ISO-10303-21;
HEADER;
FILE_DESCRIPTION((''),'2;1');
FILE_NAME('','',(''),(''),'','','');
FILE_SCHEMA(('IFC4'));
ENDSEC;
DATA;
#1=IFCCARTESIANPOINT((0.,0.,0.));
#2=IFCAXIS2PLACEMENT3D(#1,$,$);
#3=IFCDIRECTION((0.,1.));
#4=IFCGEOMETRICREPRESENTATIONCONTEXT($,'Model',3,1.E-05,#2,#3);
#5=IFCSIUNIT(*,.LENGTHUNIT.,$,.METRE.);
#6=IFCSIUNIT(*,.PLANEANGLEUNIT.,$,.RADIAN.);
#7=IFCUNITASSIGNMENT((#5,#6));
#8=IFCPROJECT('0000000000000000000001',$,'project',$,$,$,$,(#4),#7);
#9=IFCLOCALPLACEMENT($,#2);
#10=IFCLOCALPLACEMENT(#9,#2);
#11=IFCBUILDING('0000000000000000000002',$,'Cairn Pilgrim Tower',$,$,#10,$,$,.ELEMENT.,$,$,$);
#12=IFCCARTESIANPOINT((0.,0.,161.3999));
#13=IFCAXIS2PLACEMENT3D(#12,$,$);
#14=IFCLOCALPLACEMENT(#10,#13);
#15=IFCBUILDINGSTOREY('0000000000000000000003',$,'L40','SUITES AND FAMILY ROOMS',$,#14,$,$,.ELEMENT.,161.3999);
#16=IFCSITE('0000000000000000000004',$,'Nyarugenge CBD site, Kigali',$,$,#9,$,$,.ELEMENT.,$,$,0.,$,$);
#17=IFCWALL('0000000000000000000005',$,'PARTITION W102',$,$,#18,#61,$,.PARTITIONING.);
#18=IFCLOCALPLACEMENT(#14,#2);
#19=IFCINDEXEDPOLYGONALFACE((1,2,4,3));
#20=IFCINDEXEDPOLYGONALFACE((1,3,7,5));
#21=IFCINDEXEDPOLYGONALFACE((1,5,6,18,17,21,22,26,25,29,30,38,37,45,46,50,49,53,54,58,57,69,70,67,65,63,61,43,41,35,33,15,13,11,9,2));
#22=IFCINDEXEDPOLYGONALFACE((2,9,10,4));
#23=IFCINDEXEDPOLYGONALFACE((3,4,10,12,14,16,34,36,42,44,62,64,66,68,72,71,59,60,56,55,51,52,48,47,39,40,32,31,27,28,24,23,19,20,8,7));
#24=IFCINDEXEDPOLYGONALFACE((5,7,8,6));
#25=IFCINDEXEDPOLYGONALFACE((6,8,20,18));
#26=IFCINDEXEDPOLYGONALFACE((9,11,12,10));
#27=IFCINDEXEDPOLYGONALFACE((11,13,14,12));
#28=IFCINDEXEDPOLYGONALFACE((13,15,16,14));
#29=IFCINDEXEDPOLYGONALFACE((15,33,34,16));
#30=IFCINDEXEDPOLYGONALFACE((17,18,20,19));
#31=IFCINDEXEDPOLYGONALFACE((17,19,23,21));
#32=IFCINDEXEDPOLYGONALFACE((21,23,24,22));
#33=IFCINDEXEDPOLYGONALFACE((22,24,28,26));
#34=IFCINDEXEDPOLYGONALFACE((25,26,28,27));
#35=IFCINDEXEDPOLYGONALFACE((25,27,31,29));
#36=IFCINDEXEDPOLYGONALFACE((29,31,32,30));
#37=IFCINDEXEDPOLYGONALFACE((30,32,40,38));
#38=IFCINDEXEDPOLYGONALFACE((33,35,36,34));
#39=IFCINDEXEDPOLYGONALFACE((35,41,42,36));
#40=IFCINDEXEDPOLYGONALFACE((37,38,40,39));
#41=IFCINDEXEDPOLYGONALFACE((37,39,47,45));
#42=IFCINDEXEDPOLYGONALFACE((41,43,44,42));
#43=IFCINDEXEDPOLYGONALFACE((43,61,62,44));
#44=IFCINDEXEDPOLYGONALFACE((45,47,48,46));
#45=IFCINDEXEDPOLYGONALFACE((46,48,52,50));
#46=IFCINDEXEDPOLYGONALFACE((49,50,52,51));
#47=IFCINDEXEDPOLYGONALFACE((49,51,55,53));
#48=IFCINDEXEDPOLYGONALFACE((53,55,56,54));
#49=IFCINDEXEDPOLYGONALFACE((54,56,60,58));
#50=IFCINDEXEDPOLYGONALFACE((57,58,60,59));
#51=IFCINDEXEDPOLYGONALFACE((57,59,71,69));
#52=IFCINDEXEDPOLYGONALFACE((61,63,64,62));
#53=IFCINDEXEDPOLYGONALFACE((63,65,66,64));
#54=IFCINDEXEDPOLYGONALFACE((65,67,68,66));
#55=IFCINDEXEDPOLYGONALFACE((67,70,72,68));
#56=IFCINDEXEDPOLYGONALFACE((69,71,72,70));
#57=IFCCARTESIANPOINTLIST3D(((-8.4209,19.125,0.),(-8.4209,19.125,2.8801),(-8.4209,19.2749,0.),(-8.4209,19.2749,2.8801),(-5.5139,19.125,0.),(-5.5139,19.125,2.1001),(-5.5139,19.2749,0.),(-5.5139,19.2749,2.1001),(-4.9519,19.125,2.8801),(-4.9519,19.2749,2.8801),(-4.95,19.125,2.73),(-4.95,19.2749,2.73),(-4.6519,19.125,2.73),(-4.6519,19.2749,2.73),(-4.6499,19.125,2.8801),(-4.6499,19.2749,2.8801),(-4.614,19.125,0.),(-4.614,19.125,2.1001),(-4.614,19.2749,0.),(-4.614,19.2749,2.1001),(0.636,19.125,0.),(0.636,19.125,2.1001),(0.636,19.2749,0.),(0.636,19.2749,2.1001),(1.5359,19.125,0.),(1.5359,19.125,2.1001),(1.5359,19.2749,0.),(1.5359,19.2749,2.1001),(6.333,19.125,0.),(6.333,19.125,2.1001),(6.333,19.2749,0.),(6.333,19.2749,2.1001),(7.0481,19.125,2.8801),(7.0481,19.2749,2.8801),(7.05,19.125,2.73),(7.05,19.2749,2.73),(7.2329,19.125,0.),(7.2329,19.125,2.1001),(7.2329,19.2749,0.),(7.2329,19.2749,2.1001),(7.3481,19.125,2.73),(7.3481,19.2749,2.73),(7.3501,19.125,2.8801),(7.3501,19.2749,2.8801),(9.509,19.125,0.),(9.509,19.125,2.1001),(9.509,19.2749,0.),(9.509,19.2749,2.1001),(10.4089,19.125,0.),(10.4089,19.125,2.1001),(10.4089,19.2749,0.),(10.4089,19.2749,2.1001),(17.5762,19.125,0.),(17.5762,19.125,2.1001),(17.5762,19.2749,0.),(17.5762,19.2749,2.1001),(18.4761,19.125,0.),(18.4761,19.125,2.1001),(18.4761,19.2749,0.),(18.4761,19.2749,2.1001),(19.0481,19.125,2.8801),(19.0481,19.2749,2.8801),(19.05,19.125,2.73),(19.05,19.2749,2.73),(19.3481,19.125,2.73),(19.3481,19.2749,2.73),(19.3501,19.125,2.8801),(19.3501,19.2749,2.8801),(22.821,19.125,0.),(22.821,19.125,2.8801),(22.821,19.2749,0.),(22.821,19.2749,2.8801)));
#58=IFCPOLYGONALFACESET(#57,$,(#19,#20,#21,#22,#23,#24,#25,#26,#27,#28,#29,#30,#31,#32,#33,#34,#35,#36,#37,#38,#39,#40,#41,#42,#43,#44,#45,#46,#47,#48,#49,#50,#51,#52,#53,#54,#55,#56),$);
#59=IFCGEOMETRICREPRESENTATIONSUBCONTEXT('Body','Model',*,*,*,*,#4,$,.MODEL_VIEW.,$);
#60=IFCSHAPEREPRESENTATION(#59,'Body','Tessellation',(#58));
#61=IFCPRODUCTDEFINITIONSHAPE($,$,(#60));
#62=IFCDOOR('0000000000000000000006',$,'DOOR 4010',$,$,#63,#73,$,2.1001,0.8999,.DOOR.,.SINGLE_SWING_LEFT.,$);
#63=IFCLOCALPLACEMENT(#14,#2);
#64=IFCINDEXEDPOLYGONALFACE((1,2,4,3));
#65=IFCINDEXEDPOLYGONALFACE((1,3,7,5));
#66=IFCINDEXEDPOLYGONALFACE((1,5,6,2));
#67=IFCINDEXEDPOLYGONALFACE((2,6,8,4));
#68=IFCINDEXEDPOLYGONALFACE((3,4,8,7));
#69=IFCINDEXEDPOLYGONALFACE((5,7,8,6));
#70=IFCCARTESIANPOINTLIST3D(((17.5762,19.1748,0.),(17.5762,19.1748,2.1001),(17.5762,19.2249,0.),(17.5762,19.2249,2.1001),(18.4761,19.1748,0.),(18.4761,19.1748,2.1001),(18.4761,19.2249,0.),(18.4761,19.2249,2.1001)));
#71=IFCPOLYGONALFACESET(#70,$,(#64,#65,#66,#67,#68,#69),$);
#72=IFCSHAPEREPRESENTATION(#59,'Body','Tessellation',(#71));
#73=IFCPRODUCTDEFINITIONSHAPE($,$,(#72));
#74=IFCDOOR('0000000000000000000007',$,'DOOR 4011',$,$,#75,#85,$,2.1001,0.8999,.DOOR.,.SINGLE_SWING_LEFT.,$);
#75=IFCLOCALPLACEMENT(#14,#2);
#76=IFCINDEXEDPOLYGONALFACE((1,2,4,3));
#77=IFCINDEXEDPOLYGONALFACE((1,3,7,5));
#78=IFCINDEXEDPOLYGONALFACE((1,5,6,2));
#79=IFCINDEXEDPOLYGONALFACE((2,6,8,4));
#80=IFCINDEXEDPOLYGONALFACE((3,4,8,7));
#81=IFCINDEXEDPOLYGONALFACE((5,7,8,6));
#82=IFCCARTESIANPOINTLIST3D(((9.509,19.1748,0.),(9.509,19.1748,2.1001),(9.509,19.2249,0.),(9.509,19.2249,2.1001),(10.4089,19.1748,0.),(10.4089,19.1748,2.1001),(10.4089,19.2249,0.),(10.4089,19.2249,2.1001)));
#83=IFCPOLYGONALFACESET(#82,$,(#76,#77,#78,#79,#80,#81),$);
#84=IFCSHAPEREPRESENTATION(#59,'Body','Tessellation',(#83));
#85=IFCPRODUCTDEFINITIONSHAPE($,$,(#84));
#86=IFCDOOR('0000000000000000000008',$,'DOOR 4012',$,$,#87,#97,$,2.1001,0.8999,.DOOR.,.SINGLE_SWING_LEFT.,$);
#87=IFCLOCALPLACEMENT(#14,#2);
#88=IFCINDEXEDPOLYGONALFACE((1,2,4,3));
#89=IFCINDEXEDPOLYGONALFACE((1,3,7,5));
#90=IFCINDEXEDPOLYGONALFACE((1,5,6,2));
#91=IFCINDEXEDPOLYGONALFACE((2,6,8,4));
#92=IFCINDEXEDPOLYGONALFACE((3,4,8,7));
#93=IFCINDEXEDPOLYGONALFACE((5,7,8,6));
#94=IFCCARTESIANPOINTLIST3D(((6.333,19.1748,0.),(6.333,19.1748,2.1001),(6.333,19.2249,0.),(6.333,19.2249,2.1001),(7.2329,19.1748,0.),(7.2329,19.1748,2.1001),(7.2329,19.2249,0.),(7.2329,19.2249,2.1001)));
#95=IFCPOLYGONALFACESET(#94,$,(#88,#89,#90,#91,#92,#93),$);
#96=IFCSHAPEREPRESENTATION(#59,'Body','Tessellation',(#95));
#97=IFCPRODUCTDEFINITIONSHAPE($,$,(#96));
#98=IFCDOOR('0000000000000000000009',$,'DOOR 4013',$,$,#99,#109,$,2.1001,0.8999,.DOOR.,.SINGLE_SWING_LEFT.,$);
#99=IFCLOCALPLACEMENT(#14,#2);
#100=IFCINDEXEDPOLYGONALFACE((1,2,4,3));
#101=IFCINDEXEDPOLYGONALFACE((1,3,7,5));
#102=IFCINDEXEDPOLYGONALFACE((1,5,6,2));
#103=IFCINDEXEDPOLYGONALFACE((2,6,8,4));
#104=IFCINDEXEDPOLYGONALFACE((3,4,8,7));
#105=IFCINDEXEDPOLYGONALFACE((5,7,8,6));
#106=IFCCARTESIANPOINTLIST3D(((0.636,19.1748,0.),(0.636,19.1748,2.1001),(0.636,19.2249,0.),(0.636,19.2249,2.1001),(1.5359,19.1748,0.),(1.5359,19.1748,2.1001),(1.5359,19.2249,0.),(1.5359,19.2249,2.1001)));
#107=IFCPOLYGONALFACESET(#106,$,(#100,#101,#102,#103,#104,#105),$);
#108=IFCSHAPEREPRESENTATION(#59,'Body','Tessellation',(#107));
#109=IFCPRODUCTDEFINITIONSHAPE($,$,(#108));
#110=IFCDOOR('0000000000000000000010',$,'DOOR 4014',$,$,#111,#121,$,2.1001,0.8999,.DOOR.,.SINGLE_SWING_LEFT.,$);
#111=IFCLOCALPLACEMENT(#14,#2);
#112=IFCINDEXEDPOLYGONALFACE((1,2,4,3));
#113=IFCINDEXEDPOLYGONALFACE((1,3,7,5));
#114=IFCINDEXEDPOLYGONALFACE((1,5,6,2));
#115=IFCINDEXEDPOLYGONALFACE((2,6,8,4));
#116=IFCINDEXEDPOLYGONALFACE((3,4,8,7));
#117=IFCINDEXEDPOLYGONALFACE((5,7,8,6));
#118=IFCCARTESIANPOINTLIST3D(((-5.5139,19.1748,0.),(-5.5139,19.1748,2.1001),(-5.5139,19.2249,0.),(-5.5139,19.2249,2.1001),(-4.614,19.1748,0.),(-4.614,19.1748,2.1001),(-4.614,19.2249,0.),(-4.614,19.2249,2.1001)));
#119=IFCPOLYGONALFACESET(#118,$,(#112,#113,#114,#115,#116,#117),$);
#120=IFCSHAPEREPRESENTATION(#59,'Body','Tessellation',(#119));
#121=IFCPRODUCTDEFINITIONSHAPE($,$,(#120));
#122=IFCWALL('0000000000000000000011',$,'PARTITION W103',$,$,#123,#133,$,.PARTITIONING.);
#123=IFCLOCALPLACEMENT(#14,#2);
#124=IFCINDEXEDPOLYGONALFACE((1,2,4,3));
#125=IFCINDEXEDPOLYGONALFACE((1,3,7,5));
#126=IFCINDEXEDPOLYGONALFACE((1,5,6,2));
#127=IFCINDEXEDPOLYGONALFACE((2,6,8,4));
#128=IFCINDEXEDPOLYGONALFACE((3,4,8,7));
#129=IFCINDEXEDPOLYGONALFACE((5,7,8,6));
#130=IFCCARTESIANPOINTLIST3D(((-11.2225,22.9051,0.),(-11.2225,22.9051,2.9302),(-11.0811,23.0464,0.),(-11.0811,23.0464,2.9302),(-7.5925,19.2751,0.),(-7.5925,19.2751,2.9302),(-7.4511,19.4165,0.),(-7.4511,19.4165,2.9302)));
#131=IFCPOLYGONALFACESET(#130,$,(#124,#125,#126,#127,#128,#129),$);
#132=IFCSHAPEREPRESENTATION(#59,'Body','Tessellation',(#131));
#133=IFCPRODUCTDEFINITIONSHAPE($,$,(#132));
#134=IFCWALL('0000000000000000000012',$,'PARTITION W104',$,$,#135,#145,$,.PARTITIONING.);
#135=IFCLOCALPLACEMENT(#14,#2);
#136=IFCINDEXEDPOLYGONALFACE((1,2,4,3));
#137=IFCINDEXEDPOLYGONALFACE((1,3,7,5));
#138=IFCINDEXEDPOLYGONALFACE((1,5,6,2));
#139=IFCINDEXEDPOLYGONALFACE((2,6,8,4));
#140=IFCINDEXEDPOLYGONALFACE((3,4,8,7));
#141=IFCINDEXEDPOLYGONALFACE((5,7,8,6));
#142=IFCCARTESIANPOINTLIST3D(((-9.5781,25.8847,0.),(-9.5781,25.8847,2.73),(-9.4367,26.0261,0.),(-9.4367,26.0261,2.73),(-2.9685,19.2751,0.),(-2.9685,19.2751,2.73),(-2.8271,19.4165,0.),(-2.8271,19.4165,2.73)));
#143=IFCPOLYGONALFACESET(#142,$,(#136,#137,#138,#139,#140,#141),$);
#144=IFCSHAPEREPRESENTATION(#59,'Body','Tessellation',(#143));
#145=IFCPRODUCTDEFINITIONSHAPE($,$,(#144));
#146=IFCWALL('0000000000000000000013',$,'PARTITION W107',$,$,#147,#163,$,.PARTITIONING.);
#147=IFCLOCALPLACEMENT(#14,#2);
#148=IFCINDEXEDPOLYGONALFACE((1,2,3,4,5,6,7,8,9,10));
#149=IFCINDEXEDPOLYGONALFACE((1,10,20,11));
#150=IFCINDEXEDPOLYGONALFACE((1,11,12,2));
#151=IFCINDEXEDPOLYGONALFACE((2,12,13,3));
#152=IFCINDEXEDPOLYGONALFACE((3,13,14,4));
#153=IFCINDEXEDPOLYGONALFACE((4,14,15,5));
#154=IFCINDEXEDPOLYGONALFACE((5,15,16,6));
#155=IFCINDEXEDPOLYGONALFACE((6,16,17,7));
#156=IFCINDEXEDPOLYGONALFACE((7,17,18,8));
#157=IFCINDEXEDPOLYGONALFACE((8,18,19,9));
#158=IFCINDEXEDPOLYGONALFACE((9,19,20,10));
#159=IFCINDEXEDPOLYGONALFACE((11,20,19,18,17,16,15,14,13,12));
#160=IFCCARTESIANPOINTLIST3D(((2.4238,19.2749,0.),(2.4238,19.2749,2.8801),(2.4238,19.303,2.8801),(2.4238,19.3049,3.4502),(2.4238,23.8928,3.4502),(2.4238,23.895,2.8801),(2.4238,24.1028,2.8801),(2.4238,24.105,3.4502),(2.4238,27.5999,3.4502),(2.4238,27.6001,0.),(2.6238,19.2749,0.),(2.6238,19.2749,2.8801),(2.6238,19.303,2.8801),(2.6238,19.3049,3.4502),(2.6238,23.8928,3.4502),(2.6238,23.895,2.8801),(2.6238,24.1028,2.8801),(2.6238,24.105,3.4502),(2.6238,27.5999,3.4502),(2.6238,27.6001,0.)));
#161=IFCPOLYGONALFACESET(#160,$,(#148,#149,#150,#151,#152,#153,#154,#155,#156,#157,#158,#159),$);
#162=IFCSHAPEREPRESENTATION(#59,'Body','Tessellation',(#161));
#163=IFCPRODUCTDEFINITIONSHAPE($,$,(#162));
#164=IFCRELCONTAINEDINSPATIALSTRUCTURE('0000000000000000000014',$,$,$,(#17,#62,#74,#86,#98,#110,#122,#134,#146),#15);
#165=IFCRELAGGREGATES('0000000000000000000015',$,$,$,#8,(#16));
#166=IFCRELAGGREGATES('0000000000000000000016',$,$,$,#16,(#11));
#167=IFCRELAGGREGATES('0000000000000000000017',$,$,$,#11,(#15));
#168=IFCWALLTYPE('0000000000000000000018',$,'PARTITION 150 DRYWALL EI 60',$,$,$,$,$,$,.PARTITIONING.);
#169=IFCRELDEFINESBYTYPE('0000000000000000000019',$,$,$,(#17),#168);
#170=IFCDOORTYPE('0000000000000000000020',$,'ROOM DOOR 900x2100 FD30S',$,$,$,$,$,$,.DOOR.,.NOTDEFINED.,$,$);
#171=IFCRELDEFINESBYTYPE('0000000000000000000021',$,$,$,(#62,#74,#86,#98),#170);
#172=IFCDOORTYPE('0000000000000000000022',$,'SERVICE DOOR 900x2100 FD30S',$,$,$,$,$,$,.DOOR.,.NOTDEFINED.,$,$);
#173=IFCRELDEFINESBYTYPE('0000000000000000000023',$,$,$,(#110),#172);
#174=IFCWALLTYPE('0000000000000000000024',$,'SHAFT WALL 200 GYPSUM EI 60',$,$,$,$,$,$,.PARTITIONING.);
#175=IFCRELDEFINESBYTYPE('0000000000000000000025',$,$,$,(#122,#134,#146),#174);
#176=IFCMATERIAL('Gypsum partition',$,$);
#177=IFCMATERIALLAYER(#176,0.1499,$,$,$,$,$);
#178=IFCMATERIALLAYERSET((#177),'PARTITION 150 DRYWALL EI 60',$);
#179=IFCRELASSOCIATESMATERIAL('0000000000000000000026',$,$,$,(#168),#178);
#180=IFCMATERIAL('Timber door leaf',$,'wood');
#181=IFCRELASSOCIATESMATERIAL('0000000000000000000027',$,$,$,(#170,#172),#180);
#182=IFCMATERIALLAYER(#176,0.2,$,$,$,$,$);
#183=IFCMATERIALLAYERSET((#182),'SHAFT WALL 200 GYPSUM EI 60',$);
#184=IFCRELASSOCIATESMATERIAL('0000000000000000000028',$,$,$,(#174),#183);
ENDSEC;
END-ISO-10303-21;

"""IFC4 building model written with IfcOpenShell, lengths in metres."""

from ifc_helpers import new_model, si_unit, direction, frame, frame_2d, origin, place, context, subcontext, project, spatial, polyline, rectangle, outline, extrude, material, layer, layer_set, type_object, element, fill, save


model = new_model("IFC4")

# Units and contexts
model_context = context("Model", 3, precision=1e-05, world=origin(), true_north=direction((0.0, 1.0)))
body_context = subcontext(model_context, "Body", "Model", "MODEL_VIEW")
ifc_project = project(units=[si_unit("LENGTHUNIT", "METRE"), si_unit("PLANEANGLEUNIT", "RADIAN")], contexts=[model_context])

# Site, building, storey
site_placement = place(None, origin())
site = spatial("IfcSite", under=ifc_project, at=site_placement, Name="Nyarugenge CBD site, Kigali", CompositionType="ELEMENT", RefElevation=0.0)
building_placement = place(site_placement, origin())
building = spatial("IfcBuilding", under=site, at=building_placement, Name="Cairn Pilgrim Tower", CompositionType="ELEMENT")
storey_placement = place(building_placement, frame((0.0, 0.0, 161.3999)))
storey = spatial("IfcBuildingStorey", under=building, at=storey_placement, Name="L40", Description="SUITES AND FAMILY ROOMS", CompositionType="ELEMENT", Elevation=161.3999)

# Shared definitions
ifc_material_1 = material(Name="Gypsum partition")

# Shared definitions
ifc_material_2 = material(Name="Timber door leaf", Category="wood")

# Shared definitions
ifc_layer_1 = layer(ifc_material_1, 0.1499)
ifc_layer_set_1 = layer_set([ifc_layer_1], Name="PARTITION 150 DRYWALL EI 60")
wall_type_1 = type_object("IfcWallType", Name="PARTITION 150 DRYWALL EI 60", PredefinedType="PARTITIONING", material=ifc_layer_set_1)

# Wall, openings, doors
wall_1_placement = place(storey_placement, frame((-8.4209, 19.2, 0.0), z_axis=(0.0, 0.0, 1.0), x_axis=(1.0, 0.0, 0.0)))
wall_1 = element("IfcWall", 1, at=wall_1_placement, inside=storey, type_object=wall_type_1, Name="PARTITION W102", PredefinedType="PARTITIONING", context=body_context, shape_type="SweptSolid", body=[
    extrude(outline(polyline([(0.0, 0.0), (31.2419, 0.0), (31.2419, 2.8801), (27.771, 2.8801), (27.769, 2.73), (27.4709, 2.73), (27.469, 2.8801), (15.771, 2.8801), (15.769, 2.73), (15.4709, 2.73), (15.469, 2.8801), (3.771, 2.8801), (3.769, 2.73), (3.4709, 2.73), (3.469, 2.8801), (0.0, 2.8801), (0.0, 0.0)])), frame((0.0, 0.075, 0.0), z_axis=(0.0, -1.0, 0.0), x_axis=(1.0, 0.0, 0.0)), (0.0, 0.0, 1.0), 0.1499),
])
opening_1_placement = place(wall_1_placement, frame((25.9971, 0.0, 0.0)))
opening_1 = element("IfcOpeningElement", 2, at=opening_1_placement, cuts=wall_1, PredefinedType="OPENING", context=body_context, shape_type="SweptSolid", body=[
    extrude(rectangle(XDim=0.8999, YDim=2.1001, at=frame_2d((0.45, 1.05))), frame((0.0, 0.085, 0.0), z_axis=(0.0, -1.0, 0.0), x_axis=(1.0, 0.0, 0.0)), (0.0, 0.0, 1.0), 0.1699),
])
opening_2_placement = place(wall_1_placement, frame((17.9299, 0.0, 0.0)))
opening_2 = element("IfcOpeningElement", 3, at=opening_2_placement, cuts=wall_1, PredefinedType="OPENING", context=body_context, shape_type="SweptSolid", body=[
    extrude(rectangle(XDim=0.8999, YDim=2.1001, at=frame_2d((0.45, 1.05))), frame((0.0, 0.085, 0.0), z_axis=(0.0, -1.0, 0.0), x_axis=(1.0, 0.0, 0.0)), (0.0, 0.0, 1.0), 0.1699),
])
opening_3_placement = place(wall_1_placement, frame((14.7539, 0.0, 0.0)))
opening_3 = element("IfcOpeningElement", 4, at=opening_3_placement, cuts=wall_1, PredefinedType="OPENING", context=body_context, shape_type="SweptSolid", body=[
    extrude(rectangle(XDim=0.8999, YDim=2.1001, at=frame_2d((0.45, 1.05))), frame((0.0, 0.085, 0.0), z_axis=(0.0, -1.0, 0.0), x_axis=(1.0, 0.0, 0.0)), (0.0, 0.0, 1.0), 0.1699),
])
opening_4_placement = place(wall_1_placement, frame((9.0569, 0.0, 0.0)))
opening_4 = element("IfcOpeningElement", 5, at=opening_4_placement, cuts=wall_1, PredefinedType="OPENING", context=body_context, shape_type="SweptSolid", body=[
    extrude(rectangle(XDim=0.8999, YDim=2.1001, at=frame_2d((0.45, 1.05))), frame((0.0, 0.085, 0.0), z_axis=(0.0, -1.0, 0.0), x_axis=(1.0, 0.0, 0.0)), (0.0, 0.0, 1.0), 0.1699),
])
opening_5_placement = place(wall_1_placement, frame((2.907, 0.0, 0.0)))
opening_5 = element("IfcOpeningElement", 6, at=opening_5_placement, cuts=wall_1, PredefinedType="OPENING", context=body_context, shape_type="SweptSolid", body=[
    extrude(rectangle(XDim=0.8999, YDim=2.1001, at=frame_2d((0.45, 1.05))), frame((0.0, 0.085, 0.0), z_axis=(0.0, -1.0, 0.0), x_axis=(1.0, 0.0, 0.0)), (0.0, 0.0, 1.0), 0.1699),
])
door_type_1 = type_object("IfcDoorType", Name="ROOM DOOR 900x2100 FD30S", OperationType="NOTDEFINED", PredefinedType="DOOR", material=ifc_material_2)
door_1_placement = place(opening_1_placement, origin())
door_1 = element("IfcDoor", 7, at=door_1_placement, inside=storey, type_object=door_type_1, Name="DOOR 4010", OperationType="SINGLE_SWING_LEFT", OverallHeight=2.1001, OverallWidth=0.8999, PredefinedType="DOOR", context=body_context, shape_type="SweptSolid", body=[
    extrude(rectangle(XDim=0.8999, YDim=2.1001, at=frame_2d((0.45, 1.05))), frame((0.0, 0.0249, 0.0), z_axis=(0.0, -1.0, 0.0), x_axis=(1.0, 0.0, 0.0)), (0.0, 0.0, 1.0), 0.05),
])
fill(opening_1, door_1)
door_2_placement = place(opening_2_placement, origin())
door_2 = element("IfcDoor", 8, at=door_2_placement, inside=storey, type_object=door_type_1, Name="DOOR 4011", OperationType="SINGLE_SWING_LEFT", OverallHeight=2.1001, OverallWidth=0.8999, PredefinedType="DOOR", context=body_context, shape_type="SweptSolid", body=[
    extrude(rectangle(XDim=0.8999, YDim=2.1001, at=frame_2d((0.45, 1.05))), frame((0.0, 0.0249, 0.0), z_axis=(0.0, -1.0, 0.0), x_axis=(1.0, 0.0, 0.0)), (0.0, 0.0, 1.0), 0.05),
])
fill(opening_2, door_2)
door_3_placement = place(opening_3_placement, origin())
door_3 = element("IfcDoor", 9, at=door_3_placement, inside=storey, type_object=door_type_1, Name="DOOR 4012", OperationType="SINGLE_SWING_LEFT", OverallHeight=2.1001, OverallWidth=0.8999, PredefinedType="DOOR", context=body_context, shape_type="SweptSolid", body=[
    extrude(rectangle(XDim=0.8999, YDim=2.1001, at=frame_2d((0.45, 1.05))), frame((0.0, 0.0249, 0.0), z_axis=(0.0, -1.0, 0.0), x_axis=(1.0, 0.0, 0.0)), (0.0, 0.0, 1.0), 0.05),
])
fill(opening_3, door_3)
door_4_placement = place(opening_4_placement, origin())
door_4 = element("IfcDoor", 10, at=door_4_placement, inside=storey, type_object=door_type_1, Name="DOOR 4013", OperationType="SINGLE_SWING_LEFT", OverallHeight=2.1001, OverallWidth=0.8999, PredefinedType="DOOR", context=body_context, shape_type="SweptSolid", body=[
    extrude(rectangle(XDim=0.8999, YDim=2.1001, at=frame_2d((0.45, 1.05))), frame((0.0, 0.0249, 0.0), z_axis=(0.0, -1.0, 0.0), x_axis=(1.0, 0.0, 0.0)), (0.0, 0.0, 1.0), 0.05),
])
fill(opening_4, door_4)
door_type_2 = type_object("IfcDoorType", Name="SERVICE DOOR 900x2100 FD30S", OperationType="NOTDEFINED", PredefinedType="DOOR", material=ifc_material_2)
door_5_placement = place(opening_5_placement, origin())
door_5 = element("IfcDoor", 11, at=door_5_placement, inside=storey, type_object=door_type_2, Name="DOOR 4014", OperationType="SINGLE_SWING_LEFT", OverallHeight=2.1001, OverallWidth=0.8999, PredefinedType="DOOR", context=body_context, shape_type="SweptSolid", body=[
    extrude(rectangle(XDim=0.8999, YDim=2.1001, at=frame_2d((0.45, 1.05))), frame((0.0, 0.0249, 0.0), z_axis=(0.0, -1.0, 0.0), x_axis=(1.0, 0.0, 0.0)), (0.0, 0.0, 1.0), 0.05),
])
fill(opening_5, door_5)

# Walls
ifc_layer_2 = layer(ifc_material_1, 0.2)
ifc_layer_set_2 = layer_set([ifc_layer_2], Name="SHAFT WALL 200 GYPSUM EI 60")
wall_type_2 = type_object("IfcWallType", Name="SHAFT WALL 200 GYPSUM EI 60", PredefinedType="PARTITIONING", material=ifc_layer_set_2)
wall_2_placement = place(storey_placement, frame((-7.5217, 19.3457, 0.0), z_axis=(0.0, 0.0, 1.0), x_axis=(-0.707107, 0.707107, 0.0)))
element("IfcWall", 12, at=wall_2_placement, inside=storey, type_object=wall_type_2, Name="PARTITION W103", PredefinedType="PARTITIONING", context=body_context, shape_type="SweptSolid", body=[
    extrude(rectangle(XDim=5.1335, YDim=0.2, at=frame_2d((2.5669, 0.0))), origin(), (0.0, 0.0, 1.0), 2.9302),
])
wall_3_placement = place(storey_placement, frame((-2.8977, 19.3457, 0.0), z_axis=(0.0, 0.0, 1.0), x_axis=(-0.707107, 0.707107, 0.0)))
element("IfcWall", 13, at=wall_3_placement, inside=storey, type_object=wall_type_2, Name="PARTITION W104", PredefinedType="PARTITIONING", context=body_context, shape_type="SweptSolid", body=[
    extrude(rectangle(XDim=9.3474, YDim=0.2, at=frame_2d((4.6738, 0.0))), origin(), (0.0, 0.0, 1.0), 2.73),
])
wall_4_placement = place(storey_placement, frame((2.5239, 19.2749, 0.0), z_axis=(0.0, 0.0, 1.0), x_axis=(0.0, 1.0, 0.0)))
element("IfcWall", 14, at=wall_4_placement, inside=storey, type_object=wall_type_2, Name="PARTITION W107", PredefinedType="PARTITIONING", context=body_context, shape_type="SweptSolid", body=[
    extrude(outline(polyline([(0.0, 0.0), (8.3252, 0.0), (8.325, 3.4502), (4.8301, 3.4502), (4.8279, 2.8801), (4.6201, 2.8801), (4.6179, 3.4502), (0.03, 3.4502), (0.0281, 2.8801), (0.0, 2.8801), (0.0, 0.0)])), frame((0.0, 0.1001, 0.0), z_axis=(0.0, -1.0, 0.0), x_axis=(1.0, 0.0, 0.0)), (0.0, 0.0, 1.0), 0.2),
])

save(model, "model.ifc")
